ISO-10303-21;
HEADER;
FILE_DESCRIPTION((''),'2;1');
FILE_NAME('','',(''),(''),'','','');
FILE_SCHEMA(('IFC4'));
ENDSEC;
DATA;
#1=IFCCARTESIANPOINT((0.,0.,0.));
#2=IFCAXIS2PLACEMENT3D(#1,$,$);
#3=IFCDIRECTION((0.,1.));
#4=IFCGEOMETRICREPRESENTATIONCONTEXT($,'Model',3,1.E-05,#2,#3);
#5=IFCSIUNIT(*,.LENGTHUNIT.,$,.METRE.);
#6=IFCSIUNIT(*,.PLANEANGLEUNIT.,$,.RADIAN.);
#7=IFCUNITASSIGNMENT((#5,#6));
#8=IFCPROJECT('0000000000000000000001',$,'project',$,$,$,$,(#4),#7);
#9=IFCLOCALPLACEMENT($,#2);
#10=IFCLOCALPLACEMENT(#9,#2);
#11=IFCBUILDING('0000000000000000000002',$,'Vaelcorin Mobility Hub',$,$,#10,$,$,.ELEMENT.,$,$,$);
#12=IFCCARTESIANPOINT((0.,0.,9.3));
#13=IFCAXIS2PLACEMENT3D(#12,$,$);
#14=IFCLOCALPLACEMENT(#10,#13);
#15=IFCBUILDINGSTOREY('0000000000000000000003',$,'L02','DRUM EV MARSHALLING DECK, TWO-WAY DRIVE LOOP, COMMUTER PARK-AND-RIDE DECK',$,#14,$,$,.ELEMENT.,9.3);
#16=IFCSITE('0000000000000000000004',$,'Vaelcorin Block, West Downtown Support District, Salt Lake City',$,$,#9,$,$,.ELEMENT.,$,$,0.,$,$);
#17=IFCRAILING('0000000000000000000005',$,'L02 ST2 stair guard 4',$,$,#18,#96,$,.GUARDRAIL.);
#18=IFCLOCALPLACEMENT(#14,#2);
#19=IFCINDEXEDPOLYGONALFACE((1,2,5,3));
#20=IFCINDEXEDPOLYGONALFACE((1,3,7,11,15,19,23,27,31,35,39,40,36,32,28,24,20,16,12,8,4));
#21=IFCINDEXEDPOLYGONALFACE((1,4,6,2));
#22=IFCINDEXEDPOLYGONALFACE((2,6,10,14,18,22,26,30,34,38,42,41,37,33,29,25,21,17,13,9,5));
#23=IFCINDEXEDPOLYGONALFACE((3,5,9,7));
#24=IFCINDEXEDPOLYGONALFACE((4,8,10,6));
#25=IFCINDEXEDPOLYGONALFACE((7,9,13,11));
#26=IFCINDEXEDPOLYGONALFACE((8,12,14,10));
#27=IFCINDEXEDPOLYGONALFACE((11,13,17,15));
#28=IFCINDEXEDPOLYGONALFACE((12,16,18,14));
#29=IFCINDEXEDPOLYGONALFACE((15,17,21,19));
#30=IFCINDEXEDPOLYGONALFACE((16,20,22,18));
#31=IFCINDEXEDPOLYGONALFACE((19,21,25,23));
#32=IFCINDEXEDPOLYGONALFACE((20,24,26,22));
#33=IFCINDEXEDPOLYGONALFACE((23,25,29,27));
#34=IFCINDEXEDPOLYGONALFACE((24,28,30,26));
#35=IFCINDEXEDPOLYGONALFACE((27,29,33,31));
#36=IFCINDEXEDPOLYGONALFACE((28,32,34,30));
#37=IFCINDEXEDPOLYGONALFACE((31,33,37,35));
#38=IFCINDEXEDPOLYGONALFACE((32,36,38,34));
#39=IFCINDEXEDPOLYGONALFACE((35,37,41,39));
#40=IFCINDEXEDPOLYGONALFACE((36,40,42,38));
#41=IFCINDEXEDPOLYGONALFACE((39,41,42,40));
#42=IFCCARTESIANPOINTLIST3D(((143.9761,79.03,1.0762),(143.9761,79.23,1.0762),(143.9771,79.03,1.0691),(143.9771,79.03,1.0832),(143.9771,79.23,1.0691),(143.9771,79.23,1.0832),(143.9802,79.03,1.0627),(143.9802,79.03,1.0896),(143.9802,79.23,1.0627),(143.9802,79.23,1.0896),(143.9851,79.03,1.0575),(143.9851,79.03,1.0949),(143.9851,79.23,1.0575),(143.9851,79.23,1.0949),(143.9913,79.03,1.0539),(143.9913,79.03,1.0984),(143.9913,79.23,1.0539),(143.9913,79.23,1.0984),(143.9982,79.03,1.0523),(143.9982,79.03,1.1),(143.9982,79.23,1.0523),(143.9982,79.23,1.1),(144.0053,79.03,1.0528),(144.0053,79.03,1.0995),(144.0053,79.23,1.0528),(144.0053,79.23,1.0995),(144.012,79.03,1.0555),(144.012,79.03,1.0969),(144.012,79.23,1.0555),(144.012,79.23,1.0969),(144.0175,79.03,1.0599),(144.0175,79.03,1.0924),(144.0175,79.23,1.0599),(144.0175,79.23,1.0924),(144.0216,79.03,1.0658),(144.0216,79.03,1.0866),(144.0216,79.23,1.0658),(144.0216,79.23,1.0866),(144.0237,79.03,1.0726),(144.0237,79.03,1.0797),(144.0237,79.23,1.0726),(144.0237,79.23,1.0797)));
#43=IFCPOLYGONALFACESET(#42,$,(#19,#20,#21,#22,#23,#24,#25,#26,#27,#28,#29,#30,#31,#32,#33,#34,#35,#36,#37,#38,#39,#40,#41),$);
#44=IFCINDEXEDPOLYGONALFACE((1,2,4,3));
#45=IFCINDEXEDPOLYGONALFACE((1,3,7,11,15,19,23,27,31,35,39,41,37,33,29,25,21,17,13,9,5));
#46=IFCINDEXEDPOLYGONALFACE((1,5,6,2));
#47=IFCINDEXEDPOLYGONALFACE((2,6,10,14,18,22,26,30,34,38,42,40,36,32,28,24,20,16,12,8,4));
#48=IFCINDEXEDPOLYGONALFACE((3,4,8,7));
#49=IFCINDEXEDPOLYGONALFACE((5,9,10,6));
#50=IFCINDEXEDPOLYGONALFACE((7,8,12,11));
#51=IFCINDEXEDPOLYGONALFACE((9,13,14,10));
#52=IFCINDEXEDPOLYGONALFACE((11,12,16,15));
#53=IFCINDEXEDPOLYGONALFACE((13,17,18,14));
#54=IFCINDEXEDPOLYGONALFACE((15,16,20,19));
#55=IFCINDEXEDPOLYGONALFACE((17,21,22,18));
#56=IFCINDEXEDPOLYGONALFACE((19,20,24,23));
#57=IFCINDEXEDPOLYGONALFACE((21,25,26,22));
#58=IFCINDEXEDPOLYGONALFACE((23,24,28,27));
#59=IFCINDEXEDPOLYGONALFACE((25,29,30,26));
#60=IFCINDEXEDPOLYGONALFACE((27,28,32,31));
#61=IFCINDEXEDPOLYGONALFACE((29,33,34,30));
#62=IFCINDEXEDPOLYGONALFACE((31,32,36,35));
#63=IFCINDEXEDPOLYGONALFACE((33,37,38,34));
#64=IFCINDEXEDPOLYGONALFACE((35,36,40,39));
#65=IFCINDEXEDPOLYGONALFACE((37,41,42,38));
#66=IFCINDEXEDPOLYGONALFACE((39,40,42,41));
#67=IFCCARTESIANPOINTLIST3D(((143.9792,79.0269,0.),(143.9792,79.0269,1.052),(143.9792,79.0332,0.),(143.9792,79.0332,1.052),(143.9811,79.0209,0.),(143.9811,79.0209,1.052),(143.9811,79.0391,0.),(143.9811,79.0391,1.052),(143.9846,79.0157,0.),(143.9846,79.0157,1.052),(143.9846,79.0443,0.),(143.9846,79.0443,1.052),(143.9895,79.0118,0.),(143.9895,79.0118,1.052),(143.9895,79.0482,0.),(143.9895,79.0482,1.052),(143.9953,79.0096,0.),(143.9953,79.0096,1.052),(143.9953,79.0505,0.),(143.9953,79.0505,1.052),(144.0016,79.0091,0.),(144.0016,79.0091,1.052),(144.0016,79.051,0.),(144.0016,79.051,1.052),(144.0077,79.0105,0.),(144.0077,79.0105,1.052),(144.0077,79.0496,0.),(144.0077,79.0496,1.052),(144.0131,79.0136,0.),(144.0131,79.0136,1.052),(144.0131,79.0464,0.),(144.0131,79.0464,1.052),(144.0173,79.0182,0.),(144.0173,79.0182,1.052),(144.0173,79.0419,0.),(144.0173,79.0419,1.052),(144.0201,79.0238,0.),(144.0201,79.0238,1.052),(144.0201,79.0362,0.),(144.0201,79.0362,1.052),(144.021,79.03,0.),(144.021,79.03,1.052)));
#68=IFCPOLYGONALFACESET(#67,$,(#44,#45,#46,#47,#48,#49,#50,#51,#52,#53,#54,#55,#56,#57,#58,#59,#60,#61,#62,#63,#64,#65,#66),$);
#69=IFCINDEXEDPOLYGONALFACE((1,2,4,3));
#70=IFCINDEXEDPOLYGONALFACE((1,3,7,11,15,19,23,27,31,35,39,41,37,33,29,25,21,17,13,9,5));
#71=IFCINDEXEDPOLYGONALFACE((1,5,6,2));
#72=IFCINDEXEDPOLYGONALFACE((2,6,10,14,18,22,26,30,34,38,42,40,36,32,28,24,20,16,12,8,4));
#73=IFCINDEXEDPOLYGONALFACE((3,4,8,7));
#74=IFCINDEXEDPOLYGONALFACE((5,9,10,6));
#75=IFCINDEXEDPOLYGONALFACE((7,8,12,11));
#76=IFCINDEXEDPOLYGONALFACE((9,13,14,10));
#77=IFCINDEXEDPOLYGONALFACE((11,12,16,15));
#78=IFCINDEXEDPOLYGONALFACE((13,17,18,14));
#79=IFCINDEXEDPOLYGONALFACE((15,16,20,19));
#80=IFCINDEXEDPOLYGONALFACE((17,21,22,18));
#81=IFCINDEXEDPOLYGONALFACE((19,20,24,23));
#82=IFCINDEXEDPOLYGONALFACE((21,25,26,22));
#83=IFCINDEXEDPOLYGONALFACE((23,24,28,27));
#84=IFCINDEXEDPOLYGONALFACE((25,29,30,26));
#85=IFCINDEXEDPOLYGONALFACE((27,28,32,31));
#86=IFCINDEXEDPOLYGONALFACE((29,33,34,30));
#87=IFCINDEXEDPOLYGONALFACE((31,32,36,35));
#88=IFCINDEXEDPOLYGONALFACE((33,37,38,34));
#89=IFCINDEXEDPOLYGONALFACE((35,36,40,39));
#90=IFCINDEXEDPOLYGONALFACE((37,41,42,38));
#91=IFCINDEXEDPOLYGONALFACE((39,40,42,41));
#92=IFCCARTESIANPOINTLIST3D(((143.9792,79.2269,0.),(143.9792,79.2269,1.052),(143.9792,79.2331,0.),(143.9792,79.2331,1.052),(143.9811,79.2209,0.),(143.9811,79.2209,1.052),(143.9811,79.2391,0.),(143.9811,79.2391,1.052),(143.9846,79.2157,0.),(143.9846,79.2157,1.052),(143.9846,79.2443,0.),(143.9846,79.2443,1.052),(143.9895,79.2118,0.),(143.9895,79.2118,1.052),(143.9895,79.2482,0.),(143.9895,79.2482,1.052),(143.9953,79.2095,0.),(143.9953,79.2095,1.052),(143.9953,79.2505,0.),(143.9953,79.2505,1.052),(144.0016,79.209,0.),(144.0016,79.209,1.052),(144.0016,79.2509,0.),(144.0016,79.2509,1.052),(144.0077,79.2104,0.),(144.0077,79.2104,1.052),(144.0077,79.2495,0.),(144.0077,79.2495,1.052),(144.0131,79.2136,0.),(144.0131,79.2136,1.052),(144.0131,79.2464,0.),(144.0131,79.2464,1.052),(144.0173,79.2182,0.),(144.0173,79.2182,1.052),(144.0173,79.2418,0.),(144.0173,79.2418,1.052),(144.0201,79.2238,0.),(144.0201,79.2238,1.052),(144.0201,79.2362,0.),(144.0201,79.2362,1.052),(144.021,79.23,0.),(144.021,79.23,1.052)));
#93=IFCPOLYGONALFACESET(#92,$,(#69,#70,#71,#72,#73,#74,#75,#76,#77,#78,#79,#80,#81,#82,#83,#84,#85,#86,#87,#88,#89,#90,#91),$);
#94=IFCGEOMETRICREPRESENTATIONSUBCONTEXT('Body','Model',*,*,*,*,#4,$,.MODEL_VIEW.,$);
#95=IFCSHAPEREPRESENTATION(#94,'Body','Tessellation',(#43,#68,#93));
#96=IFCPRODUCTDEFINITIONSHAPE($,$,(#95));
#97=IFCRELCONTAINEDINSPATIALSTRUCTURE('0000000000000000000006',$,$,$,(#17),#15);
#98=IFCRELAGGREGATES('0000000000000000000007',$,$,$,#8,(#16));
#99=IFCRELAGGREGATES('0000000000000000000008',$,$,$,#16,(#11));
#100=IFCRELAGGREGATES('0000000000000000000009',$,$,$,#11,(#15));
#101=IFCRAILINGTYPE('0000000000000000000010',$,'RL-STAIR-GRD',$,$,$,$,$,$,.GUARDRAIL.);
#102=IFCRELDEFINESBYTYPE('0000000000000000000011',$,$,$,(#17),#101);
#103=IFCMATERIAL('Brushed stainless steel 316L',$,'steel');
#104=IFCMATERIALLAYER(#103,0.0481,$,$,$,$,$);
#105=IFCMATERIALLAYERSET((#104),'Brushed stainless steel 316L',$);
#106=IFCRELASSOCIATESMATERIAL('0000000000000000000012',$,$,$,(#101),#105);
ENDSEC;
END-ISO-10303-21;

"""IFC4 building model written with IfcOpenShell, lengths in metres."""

from ifc_helpers import new_model, si_unit, direction, frame, origin, origin_2d, place, context, subcontext, project, spatial, circle, extrude, material, layer, layer_set, type_object, element, save


model = new_model("IFC4")

# Units and contexts
model_context = context("Model", 3, precision=1e-05, world=origin(), true_north=direction((0.0, 1.0)))
body_context = subcontext(model_context, "Body", "Model", "MODEL_VIEW")
ifc_project = project(units=[si_unit("LENGTHUNIT", "METRE"), si_unit("PLANEANGLEUNIT", "RADIAN")], contexts=[model_context])

# Site, building, storey
site_placement = place(None, origin())
site = spatial("IfcSite", under=ifc_project, at=site_placement, Name="Vaelcorin Block, West Downtown Support District, Salt Lake City", CompositionType="ELEMENT", RefElevation=0.0)
building_placement = place(site_placement, origin())
building = spatial("IfcBuilding", under=site, at=building_placement, Name="Vaelcorin Mobility Hub", CompositionType="ELEMENT")
storey_placement = place(building_placement, frame((0.0, 0.0, 9.3)))
storey = spatial("IfcBuildingStorey", under=building, at=storey_placement, Name="L02", Description="DRUM EV MARSHALLING DECK, TWO-WAY DRIVE LOOP, COMMUTER PARK-AND-RIDE DECK", CompositionType="ELEMENT", Elevation=9.3)

# Railing
ifc_material_1 = material(Name="Brushed stainless steel 316L", Category="steel")
ifc_layer_1 = layer(ifc_material_1, 0.0481)
ifc_layer_set_1 = layer_set([ifc_layer_1], Name="Brushed stainless steel 316L")
railing_type_1 = type_object("IfcRailingType", Name="RL-STAIR-GRD", PredefinedType="GUARDRAIL", material=ifc_layer_set_1)
railing_1_placement = place(storey_placement, frame((144.0, 79.03, 0.0)))
element("IfcRailing", 1, at=railing_1_placement, inside=storey, type_object=railing_type_1, Name="L02 ST2 stair guard 4", PredefinedType="GUARDRAIL", context=body_context, shape_type="SweptSolid", body=[
    extrude(circle(Radius=0.0239, at=origin_2d()), frame((0.0, 0.0, 1.0762), z_axis=(0.0, 1.0, 0.0), x_axis=(-1.0, 0.0, 0.0)), (0.0, 0.0, 1.0), 0.2),
    extrude(circle(Radius=0.021, at=origin_2d()), origin(), (0.0, 0.0, 1.0), 1.052),
    extrude(circle(Radius=0.021, at=origin_2d()), frame((0.0, 0.2, 0.0)), (0.0, 0.0, 1.0), 1.052),
])

save(model, "model.ifc")
